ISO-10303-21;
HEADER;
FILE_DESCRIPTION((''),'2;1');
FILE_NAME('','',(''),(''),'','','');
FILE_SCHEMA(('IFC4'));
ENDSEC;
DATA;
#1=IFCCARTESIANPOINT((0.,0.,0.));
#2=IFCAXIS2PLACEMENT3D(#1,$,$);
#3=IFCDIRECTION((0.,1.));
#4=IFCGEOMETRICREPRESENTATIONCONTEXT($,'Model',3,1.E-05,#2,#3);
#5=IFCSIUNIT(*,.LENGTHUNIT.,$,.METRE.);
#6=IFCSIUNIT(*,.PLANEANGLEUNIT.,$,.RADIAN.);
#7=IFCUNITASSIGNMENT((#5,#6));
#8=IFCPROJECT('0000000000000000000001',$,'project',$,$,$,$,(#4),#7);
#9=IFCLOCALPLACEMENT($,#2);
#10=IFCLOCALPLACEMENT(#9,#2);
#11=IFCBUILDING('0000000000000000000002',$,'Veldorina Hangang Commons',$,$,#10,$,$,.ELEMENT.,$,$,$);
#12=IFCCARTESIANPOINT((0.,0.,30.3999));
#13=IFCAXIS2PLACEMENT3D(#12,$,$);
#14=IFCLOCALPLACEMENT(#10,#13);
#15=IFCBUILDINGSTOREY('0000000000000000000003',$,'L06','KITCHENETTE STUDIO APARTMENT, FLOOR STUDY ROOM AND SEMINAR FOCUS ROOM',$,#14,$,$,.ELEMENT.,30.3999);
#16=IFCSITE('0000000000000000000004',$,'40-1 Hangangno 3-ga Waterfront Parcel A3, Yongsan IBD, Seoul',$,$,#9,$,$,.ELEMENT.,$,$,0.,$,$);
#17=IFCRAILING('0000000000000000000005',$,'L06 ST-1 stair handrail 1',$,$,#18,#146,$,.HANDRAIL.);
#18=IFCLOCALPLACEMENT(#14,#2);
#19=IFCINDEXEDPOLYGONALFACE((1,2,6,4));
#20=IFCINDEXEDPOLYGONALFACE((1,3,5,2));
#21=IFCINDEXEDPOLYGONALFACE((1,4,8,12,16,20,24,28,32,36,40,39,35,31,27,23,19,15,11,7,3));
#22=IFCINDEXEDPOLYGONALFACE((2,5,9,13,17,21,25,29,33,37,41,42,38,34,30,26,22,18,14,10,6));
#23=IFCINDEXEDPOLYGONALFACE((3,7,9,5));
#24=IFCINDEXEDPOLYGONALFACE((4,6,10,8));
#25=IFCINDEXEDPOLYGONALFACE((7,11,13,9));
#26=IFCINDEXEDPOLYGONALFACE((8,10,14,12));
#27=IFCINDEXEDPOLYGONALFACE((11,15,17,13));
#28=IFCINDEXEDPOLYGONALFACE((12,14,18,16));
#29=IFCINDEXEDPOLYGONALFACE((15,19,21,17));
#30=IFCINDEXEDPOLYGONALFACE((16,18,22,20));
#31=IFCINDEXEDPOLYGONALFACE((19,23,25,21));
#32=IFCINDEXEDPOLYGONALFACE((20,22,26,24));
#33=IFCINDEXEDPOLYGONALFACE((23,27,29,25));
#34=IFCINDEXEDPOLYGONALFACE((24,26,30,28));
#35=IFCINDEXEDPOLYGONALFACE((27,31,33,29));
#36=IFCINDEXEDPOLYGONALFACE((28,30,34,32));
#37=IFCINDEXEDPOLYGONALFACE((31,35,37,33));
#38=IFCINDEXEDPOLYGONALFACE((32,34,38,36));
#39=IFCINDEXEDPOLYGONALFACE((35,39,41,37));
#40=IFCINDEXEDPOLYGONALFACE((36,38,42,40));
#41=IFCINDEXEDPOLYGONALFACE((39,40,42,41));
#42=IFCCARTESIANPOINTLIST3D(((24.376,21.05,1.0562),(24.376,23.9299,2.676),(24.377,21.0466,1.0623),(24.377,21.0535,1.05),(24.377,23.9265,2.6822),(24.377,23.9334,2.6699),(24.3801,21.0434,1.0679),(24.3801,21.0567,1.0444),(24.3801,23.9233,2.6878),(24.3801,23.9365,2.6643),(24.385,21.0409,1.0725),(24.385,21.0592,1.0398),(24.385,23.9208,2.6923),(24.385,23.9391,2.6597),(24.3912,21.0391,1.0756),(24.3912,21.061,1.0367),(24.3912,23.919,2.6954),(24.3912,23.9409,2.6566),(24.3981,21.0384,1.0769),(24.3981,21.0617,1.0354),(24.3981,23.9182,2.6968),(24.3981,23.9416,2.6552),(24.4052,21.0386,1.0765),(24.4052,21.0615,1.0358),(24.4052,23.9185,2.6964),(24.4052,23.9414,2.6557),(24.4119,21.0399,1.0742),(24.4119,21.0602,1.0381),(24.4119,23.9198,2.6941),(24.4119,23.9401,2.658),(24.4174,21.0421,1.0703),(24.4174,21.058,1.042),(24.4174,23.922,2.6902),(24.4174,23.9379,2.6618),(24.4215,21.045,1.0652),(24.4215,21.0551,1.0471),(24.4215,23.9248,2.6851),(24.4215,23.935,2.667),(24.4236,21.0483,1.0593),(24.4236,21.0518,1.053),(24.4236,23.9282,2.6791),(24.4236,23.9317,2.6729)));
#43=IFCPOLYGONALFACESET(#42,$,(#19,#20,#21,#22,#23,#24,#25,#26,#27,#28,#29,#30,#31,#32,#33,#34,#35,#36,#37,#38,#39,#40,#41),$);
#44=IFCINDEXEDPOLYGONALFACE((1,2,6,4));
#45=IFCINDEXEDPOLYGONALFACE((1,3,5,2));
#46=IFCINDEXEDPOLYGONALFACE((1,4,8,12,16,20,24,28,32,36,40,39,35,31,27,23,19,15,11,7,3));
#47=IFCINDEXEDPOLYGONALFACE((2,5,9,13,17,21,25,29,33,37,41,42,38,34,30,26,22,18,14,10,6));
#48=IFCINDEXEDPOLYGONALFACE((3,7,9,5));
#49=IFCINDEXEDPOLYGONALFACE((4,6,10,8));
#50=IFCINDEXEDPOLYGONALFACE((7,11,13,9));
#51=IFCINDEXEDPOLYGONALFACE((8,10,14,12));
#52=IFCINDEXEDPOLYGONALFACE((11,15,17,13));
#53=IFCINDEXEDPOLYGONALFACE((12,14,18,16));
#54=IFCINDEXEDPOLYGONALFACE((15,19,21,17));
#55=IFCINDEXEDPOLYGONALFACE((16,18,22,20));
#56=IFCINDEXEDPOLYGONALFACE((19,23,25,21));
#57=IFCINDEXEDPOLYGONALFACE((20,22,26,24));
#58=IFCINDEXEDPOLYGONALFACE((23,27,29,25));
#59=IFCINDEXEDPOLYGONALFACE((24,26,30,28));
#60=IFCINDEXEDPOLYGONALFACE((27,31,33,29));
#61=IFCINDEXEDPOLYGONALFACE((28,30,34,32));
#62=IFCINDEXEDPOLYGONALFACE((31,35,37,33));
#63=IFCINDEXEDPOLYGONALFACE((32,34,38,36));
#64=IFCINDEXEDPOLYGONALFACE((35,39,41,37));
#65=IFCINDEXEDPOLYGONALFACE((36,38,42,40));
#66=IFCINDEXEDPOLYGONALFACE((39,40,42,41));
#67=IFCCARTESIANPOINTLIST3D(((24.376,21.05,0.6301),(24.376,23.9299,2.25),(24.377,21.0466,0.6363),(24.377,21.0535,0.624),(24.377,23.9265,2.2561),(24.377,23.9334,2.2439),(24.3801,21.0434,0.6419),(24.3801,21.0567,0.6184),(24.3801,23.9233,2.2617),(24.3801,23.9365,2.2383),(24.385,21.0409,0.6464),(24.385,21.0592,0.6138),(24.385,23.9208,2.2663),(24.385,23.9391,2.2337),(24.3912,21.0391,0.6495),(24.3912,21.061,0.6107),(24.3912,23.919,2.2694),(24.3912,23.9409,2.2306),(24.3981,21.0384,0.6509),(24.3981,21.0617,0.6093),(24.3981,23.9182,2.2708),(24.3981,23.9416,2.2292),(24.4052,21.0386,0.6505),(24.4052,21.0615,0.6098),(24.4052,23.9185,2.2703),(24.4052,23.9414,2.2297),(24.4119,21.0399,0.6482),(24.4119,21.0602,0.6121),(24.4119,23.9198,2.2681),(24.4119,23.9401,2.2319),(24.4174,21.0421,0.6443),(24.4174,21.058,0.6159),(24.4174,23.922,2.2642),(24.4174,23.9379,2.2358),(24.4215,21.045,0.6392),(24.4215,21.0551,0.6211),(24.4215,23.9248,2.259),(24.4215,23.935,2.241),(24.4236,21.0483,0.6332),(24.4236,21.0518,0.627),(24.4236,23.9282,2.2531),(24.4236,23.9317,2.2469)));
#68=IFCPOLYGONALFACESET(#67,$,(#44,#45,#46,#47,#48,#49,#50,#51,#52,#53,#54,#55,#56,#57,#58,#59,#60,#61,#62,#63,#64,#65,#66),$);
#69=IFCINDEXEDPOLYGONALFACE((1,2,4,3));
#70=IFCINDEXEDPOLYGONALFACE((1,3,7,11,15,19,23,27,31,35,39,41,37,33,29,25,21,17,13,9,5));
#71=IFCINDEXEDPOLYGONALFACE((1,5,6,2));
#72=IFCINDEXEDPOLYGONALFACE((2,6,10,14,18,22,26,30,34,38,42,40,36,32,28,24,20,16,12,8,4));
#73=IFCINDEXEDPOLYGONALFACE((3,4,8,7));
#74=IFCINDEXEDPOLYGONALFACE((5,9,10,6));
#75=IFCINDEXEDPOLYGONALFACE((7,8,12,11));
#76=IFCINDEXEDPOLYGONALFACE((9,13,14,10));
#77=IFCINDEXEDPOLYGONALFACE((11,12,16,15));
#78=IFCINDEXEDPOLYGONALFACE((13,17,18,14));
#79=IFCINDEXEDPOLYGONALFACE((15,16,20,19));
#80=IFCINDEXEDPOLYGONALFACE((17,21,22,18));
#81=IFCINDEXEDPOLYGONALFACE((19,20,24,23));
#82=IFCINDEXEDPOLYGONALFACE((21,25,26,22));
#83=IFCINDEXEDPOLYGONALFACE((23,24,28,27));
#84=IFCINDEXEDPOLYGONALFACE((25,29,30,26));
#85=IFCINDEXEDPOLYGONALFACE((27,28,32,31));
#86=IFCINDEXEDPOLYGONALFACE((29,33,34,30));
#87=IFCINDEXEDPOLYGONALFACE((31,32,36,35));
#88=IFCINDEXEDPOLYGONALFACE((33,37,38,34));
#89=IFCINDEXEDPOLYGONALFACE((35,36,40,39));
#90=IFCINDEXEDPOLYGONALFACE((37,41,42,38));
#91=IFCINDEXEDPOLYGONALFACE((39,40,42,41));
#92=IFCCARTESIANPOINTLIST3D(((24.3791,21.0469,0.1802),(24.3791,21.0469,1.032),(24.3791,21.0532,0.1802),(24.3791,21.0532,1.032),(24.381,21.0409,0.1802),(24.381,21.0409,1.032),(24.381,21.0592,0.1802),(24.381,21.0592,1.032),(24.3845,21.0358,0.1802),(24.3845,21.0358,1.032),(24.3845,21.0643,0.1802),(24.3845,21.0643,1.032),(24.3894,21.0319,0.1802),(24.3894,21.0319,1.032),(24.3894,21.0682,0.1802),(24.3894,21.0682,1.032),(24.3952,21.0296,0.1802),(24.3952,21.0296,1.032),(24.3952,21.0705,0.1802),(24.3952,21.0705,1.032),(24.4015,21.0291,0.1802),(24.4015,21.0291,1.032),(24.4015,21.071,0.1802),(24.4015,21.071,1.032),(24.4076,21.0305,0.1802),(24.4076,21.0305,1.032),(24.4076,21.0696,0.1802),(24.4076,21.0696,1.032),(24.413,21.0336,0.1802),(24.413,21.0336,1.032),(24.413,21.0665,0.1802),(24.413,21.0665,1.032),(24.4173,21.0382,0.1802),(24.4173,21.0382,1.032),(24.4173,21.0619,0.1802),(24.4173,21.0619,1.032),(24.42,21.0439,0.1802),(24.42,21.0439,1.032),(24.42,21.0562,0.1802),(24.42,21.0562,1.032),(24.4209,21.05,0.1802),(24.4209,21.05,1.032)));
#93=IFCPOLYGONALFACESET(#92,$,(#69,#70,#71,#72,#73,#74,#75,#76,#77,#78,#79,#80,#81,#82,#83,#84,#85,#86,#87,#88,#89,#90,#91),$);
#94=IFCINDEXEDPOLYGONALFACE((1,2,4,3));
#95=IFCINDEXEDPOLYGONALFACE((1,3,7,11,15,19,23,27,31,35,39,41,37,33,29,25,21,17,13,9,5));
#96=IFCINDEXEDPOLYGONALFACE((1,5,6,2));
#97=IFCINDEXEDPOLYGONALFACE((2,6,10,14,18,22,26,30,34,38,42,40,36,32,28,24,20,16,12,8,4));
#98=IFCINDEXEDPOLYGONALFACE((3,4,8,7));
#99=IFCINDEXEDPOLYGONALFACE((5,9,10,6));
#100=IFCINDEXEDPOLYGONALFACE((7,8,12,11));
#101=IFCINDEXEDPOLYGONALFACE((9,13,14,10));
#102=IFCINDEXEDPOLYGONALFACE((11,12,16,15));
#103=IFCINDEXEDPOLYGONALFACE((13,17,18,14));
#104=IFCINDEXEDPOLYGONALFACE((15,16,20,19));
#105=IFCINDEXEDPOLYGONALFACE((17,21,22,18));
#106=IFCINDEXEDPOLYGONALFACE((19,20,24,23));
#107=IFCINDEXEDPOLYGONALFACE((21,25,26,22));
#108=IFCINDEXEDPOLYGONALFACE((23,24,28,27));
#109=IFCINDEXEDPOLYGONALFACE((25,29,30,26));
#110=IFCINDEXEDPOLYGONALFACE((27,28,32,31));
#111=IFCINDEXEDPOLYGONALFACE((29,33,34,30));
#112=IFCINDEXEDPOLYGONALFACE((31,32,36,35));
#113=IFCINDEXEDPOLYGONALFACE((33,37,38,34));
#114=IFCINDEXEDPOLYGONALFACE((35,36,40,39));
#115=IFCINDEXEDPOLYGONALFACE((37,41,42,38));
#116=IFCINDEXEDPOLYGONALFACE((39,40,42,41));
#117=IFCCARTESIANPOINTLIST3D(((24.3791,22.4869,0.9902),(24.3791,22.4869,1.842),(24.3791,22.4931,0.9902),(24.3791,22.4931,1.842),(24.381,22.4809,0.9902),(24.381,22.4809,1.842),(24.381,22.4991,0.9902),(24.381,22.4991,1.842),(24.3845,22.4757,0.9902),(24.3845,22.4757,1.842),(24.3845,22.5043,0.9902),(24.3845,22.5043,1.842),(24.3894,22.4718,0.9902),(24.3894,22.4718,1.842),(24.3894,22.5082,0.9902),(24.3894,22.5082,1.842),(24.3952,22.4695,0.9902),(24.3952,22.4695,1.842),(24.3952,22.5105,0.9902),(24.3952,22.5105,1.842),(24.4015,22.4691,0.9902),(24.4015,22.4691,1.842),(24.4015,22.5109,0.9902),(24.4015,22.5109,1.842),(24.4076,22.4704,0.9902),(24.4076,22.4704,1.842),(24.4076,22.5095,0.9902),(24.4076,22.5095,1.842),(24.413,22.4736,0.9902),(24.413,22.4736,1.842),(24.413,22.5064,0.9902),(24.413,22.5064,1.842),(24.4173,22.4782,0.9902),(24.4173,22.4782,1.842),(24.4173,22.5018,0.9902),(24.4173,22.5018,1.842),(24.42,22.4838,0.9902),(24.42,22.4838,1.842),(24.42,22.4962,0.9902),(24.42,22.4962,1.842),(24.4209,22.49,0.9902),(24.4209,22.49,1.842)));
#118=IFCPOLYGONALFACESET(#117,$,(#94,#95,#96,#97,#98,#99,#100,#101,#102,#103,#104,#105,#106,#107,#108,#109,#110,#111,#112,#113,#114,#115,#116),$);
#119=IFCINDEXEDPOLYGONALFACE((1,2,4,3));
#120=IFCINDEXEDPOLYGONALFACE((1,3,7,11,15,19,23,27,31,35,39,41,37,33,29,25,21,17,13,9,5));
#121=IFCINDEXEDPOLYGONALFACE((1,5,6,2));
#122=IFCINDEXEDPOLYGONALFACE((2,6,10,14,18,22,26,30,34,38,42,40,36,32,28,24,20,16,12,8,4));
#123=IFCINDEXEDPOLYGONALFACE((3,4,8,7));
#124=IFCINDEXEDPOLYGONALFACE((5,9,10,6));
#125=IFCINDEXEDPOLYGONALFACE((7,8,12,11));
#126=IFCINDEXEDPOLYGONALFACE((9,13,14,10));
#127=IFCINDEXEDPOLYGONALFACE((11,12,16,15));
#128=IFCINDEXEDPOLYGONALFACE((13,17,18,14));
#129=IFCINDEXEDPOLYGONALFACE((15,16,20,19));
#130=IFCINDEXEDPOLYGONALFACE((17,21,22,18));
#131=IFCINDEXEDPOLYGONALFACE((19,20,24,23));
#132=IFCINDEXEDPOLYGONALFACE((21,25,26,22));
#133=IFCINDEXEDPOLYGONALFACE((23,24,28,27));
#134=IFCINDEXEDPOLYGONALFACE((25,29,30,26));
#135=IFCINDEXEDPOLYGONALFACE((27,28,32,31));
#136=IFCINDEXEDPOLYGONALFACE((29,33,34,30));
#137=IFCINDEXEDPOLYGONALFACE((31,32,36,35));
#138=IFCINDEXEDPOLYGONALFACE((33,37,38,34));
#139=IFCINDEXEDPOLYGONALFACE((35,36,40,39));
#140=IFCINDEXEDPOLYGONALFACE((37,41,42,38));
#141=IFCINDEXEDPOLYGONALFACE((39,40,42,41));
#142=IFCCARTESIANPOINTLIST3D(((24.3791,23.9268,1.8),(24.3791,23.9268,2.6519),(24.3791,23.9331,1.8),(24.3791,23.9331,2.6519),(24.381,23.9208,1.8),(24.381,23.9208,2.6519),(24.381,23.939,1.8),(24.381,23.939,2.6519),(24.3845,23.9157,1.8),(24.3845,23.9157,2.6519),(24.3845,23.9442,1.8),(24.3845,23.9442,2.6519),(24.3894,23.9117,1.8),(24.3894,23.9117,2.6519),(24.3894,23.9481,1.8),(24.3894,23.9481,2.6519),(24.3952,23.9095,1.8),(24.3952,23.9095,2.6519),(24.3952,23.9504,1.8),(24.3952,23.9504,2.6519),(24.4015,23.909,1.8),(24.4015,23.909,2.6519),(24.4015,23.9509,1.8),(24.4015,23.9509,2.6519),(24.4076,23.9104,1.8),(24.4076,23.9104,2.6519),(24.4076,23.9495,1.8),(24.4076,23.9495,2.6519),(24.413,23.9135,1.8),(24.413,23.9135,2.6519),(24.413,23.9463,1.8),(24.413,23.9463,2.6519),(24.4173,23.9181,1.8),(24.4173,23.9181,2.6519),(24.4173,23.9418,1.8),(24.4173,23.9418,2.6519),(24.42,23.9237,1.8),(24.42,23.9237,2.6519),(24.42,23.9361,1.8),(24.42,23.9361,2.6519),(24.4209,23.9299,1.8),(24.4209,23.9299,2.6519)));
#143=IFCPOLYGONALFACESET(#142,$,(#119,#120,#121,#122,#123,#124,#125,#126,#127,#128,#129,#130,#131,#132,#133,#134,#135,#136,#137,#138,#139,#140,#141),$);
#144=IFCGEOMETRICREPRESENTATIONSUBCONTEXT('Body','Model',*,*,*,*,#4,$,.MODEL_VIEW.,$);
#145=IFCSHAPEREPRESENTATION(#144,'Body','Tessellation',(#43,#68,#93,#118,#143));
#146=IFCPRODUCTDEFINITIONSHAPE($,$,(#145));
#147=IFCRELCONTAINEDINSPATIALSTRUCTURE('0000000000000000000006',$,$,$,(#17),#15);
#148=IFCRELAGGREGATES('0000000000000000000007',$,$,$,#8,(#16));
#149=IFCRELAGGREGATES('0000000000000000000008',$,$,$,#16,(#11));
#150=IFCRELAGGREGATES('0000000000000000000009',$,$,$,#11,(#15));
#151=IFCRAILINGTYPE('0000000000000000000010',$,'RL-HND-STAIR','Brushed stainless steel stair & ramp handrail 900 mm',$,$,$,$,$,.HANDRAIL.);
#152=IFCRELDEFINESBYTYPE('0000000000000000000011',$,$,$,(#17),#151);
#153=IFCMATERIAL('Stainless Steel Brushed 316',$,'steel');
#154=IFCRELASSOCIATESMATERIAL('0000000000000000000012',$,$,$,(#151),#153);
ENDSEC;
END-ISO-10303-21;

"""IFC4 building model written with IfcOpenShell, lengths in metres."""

from ifc_helpers import new_model, si_unit, direction, frame, origin, origin_2d, place, context, subcontext, project, spatial, circle, extrude, material, type_object, element, save


model = new_model("IFC4")

# Units and contexts
model_context = context("Model", 3, precision=1e-05, world=origin(), true_north=direction((0.0, 1.0)))
body_context = subcontext(model_context, "Body", "Model", "MODEL_VIEW")
ifc_project = project(units=[si_unit("LENGTHUNIT", "METRE"), si_unit("PLANEANGLEUNIT", "RADIAN")], contexts=[model_context])

# Site, building, storey
site_placement = place(None, origin())
site = spatial("IfcSite", under=ifc_project, at=site_placement, Name="40-1 Hangangno 3-ga Waterfront Parcel A3, Yongsan IBD, Seoul", CompositionType="ELEMENT", RefElevation=0.0)
building_placement = place(site_placement, origin())
building = spatial("IfcBuilding", under=site, at=building_placement, Name="Veldorina Hangang Commons", CompositionType="ELEMENT")
storey_placement = place(building_placement, frame((0.0, 0.0, 30.3999)))
storey = spatial("IfcBuildingStorey", under=building, at=storey_placement, Name="L06", Description="KITCHENETTE STUDIO APARTMENT, FLOOR STUDY ROOM AND SEMINAR FOCUS ROOM", CompositionType="ELEMENT", Elevation=30.3999)

# Railing
ifc_material_1 = material(Name="Stainless Steel Brushed 316", Category="steel")
railing_type_1 = type_object("IfcRailingType", Name="RL-HND-STAIR", Description="Brushed stainless steel stair & ramp handrail 900 mm", PredefinedType="HANDRAIL", material=ifc_material_1)
railing_1_placement = place(storey_placement, frame((24.3999, 21.05, 0.1802)))
element("IfcRailing", 1, at=railing_1_placement, inside=storey, type_object=railing_type_1, Name="L06 ST-1 stair handrail 1", PredefinedType="HANDRAIL", context=body_context, shape_type="SweptSolid", body=[
    extrude(circle(Radius=0.0239, at=origin_2d()), frame((0.0, 0.0, 0.876), z_axis=(0.0, 0.871583, 0.490247), x_axis=(-1.0, 0.0, 0.0)), (0.0, 0.0, 1.0), 3.3042),
    extrude(circle(Radius=0.0239, at=origin_2d()), frame((0.0, 0.0, 0.45), z_axis=(0.0, 0.871583, 0.490247), x_axis=(-1.0, 0.0, 0.0)), (0.0, 0.0, 1.0), 3.3042),
    extrude(circle(Radius=0.021, at=origin_2d()), origin(), (0.0, 0.0, 1.0), 0.8518),
    extrude(circle(Radius=0.021, at=origin_2d()), frame((0.0, 1.4399, 0.8101)), (0.0, 0.0, 1.0), 0.8518),
    extrude(circle(Radius=0.021, at=origin_2d()), frame((0.0, 2.8799, 1.6199)), (0.0, 0.0, 1.0), 0.8518),
])

save(model, "model.ifc")
